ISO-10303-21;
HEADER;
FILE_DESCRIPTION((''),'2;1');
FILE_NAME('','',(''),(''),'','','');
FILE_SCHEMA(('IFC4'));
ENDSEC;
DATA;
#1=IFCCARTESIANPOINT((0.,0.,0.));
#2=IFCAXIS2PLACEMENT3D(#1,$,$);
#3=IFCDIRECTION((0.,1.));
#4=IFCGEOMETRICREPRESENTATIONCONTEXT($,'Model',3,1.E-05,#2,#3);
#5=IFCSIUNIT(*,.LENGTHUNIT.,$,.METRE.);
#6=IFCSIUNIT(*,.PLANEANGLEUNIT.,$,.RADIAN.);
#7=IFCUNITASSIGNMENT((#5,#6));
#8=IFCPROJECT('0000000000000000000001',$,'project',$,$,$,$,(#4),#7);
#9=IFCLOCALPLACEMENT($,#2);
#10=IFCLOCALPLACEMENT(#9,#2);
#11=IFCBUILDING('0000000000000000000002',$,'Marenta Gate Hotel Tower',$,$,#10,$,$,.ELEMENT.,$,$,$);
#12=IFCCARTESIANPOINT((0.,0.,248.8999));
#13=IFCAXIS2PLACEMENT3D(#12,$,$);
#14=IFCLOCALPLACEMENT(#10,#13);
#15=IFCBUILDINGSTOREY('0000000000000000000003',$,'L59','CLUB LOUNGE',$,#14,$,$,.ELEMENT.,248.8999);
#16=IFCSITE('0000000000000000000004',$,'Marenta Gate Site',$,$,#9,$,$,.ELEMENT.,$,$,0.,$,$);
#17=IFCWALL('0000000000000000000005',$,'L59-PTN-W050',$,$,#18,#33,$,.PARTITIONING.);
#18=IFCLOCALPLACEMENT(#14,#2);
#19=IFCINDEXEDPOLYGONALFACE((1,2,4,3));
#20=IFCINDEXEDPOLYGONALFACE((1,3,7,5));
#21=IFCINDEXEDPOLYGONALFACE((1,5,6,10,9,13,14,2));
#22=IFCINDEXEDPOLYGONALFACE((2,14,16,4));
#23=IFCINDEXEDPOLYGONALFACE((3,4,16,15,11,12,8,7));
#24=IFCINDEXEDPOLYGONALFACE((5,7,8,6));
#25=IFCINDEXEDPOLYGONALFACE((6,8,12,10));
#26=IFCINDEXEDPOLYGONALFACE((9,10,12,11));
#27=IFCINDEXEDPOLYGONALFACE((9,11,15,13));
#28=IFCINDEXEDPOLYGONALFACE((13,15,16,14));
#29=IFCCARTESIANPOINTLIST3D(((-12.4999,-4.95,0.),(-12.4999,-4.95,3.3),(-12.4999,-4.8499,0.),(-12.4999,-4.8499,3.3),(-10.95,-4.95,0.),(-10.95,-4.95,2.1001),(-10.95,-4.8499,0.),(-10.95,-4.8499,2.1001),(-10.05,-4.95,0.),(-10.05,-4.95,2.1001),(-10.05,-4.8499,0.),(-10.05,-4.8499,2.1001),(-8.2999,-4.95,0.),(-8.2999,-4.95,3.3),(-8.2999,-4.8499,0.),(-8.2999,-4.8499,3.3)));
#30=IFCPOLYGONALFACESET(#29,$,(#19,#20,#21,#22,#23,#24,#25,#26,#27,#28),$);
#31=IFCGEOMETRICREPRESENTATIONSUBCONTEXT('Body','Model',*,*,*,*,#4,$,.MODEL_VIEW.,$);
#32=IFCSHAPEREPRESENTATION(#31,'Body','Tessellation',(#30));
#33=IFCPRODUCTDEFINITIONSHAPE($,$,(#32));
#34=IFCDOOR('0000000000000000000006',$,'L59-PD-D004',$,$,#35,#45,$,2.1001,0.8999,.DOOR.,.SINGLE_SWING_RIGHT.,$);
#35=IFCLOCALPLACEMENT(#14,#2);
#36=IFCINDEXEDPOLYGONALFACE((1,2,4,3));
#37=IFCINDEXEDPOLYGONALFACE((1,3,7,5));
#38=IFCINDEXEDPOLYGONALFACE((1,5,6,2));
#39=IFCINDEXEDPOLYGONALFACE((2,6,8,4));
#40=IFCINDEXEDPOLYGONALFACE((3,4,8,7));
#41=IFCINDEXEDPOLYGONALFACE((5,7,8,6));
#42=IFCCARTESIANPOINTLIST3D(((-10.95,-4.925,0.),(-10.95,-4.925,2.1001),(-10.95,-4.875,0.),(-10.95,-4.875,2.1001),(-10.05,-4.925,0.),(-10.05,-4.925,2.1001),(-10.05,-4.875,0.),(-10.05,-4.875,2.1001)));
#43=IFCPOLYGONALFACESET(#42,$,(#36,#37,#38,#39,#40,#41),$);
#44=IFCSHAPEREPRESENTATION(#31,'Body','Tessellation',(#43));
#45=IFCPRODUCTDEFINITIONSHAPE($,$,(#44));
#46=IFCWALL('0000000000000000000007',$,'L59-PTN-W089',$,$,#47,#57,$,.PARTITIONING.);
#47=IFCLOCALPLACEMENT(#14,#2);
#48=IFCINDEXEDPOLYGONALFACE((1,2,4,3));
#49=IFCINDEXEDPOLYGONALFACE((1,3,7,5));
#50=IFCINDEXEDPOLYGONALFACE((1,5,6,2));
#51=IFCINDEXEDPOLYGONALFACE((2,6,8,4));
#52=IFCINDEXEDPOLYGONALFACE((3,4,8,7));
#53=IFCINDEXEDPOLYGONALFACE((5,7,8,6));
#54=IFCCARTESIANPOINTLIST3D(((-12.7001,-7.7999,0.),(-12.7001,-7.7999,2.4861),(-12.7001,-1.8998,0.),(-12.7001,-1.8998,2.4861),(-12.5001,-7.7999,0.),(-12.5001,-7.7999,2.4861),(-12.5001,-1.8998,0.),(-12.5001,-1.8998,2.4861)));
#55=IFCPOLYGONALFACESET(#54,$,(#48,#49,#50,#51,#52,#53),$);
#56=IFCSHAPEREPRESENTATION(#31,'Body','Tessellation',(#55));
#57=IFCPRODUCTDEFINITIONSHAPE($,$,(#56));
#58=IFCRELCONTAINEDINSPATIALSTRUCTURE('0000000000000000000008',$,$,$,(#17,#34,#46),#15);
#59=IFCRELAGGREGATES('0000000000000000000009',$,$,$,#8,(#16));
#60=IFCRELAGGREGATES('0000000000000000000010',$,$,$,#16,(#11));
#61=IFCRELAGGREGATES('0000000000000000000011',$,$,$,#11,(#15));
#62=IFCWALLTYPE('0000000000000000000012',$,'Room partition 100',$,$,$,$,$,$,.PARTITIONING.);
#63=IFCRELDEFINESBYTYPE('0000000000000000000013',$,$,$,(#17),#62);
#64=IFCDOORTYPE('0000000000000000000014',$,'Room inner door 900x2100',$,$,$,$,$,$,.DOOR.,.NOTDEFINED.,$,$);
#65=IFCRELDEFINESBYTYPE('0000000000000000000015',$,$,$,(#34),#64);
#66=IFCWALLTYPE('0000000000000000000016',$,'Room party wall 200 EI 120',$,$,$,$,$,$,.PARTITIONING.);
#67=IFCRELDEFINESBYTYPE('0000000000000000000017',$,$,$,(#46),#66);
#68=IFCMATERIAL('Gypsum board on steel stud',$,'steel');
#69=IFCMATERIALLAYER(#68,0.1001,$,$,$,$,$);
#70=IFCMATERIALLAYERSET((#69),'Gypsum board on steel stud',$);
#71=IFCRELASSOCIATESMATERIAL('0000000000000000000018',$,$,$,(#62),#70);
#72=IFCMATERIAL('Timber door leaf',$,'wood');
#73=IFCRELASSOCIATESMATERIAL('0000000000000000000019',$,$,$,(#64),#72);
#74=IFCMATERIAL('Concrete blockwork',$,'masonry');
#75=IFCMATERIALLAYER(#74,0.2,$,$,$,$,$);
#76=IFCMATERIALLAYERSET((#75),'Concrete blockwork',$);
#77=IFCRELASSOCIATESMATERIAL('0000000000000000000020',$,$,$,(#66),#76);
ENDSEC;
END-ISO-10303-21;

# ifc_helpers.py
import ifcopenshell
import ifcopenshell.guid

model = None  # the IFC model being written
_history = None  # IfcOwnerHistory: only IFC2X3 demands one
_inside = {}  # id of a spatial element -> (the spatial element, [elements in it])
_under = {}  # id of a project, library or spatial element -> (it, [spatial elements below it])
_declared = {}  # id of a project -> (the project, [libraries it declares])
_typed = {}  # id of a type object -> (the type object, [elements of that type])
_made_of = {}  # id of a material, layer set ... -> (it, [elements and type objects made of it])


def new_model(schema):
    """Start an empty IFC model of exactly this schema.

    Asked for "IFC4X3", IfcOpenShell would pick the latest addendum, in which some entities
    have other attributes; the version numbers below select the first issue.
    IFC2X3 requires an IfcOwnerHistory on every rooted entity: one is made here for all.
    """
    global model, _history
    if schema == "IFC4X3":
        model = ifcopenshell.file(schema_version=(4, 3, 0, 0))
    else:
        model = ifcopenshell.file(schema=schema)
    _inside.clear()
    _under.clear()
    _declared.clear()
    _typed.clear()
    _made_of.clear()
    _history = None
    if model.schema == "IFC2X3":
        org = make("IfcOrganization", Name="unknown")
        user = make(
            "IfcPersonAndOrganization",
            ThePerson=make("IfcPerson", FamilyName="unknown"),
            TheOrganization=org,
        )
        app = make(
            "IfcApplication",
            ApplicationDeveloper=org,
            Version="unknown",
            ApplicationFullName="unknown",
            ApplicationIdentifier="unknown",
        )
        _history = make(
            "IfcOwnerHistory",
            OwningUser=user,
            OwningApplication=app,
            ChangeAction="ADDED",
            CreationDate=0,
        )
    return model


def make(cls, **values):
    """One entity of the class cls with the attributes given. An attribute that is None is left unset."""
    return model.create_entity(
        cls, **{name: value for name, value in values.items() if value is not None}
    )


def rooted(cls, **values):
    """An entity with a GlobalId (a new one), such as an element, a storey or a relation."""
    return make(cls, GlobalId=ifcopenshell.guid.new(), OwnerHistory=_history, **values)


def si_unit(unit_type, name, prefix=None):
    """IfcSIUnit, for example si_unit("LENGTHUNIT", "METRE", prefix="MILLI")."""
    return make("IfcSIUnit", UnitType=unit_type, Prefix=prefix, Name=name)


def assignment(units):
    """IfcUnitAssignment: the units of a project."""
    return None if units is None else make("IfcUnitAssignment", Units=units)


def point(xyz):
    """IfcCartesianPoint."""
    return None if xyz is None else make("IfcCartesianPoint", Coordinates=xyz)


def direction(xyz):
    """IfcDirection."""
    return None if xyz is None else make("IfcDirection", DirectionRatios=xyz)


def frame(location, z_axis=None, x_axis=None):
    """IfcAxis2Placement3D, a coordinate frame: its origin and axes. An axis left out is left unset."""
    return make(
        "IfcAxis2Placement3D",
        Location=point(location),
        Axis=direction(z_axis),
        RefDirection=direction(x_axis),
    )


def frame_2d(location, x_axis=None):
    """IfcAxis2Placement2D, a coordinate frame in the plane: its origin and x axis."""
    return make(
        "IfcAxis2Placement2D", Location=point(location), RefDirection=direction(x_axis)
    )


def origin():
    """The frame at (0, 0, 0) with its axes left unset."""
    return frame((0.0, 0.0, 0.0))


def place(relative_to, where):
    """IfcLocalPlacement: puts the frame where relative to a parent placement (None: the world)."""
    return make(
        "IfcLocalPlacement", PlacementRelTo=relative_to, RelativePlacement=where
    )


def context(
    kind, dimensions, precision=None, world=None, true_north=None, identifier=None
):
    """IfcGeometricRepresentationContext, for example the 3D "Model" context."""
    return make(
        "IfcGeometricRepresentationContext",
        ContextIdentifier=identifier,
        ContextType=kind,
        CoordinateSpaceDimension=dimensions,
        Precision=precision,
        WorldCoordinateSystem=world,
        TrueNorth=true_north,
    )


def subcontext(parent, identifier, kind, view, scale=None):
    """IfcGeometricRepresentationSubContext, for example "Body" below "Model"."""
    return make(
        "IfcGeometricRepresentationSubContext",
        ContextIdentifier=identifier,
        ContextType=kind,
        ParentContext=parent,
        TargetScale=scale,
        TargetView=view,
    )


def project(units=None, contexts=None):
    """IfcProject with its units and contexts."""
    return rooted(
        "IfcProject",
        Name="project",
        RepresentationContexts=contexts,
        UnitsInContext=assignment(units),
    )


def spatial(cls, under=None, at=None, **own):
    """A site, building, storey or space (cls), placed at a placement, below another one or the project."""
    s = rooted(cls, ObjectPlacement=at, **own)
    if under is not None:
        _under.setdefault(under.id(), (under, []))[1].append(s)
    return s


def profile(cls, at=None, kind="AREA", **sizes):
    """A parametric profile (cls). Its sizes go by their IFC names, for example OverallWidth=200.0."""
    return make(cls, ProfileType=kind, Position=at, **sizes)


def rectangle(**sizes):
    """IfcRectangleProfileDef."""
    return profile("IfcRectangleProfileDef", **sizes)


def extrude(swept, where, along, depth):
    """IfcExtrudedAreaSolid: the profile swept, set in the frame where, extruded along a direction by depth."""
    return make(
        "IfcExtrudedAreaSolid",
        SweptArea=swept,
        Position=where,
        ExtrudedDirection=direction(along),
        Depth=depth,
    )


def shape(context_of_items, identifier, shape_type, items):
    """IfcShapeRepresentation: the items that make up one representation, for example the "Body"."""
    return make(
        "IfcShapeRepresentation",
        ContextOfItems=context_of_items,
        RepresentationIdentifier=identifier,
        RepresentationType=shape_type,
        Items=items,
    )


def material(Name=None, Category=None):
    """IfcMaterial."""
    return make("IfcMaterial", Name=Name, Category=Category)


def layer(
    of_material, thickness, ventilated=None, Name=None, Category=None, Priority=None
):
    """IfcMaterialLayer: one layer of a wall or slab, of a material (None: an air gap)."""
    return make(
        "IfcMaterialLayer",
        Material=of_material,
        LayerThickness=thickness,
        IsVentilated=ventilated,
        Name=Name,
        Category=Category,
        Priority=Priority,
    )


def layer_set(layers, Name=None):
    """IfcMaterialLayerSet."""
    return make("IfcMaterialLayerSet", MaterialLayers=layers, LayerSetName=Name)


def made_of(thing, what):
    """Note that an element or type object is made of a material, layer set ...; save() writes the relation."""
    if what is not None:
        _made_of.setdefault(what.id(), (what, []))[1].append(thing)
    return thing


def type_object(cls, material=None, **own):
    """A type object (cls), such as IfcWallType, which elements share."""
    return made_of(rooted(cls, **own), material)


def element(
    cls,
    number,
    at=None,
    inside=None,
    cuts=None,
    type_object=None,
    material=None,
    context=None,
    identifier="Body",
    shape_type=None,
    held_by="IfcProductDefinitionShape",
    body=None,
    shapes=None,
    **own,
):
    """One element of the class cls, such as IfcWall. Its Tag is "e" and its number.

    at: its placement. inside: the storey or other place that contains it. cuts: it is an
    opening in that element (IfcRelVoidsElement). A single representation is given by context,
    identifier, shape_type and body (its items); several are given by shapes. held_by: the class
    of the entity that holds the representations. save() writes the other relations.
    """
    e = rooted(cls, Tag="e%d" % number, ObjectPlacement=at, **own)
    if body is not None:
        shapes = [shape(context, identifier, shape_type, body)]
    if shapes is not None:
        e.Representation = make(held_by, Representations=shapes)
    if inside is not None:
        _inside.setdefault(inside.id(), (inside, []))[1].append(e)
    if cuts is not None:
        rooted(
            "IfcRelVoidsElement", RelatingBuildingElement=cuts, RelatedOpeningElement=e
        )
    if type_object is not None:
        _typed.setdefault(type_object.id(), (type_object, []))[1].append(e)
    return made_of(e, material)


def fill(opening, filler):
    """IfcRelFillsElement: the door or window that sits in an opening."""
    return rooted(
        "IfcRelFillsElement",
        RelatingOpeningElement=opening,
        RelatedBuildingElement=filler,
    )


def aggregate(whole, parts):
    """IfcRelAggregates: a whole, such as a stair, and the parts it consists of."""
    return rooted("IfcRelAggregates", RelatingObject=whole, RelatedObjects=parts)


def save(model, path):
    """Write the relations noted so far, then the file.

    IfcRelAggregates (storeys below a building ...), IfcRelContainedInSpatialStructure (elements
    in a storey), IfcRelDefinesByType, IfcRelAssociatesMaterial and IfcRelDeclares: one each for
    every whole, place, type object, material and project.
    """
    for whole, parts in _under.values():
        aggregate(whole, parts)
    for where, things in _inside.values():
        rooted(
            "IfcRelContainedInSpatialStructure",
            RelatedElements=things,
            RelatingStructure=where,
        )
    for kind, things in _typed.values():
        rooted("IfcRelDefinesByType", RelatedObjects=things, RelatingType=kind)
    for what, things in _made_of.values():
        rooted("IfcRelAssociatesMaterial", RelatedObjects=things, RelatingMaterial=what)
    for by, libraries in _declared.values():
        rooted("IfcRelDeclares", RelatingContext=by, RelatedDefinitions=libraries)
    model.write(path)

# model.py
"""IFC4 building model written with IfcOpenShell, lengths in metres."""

from ifc_helpers import new_model, si_unit, direction, frame, frame_2d, origin, place, context, subcontext, project, spatial, rectangle, extrude, material, layer, layer_set, type_object, element, fill, save


model = new_model("IFC4")

# Units and contexts
model_context = context("Model", 3, precision=1e-05, world=origin(), true_north=direction((0.0, 1.0)))
body_context = subcontext(model_context, "Body", "Model", "MODEL_VIEW")
ifc_project = project(units=[si_unit("LENGTHUNIT", "METRE"), si_unit("PLANEANGLEUNIT", "RADIAN")], contexts=[model_context])

# Site, building, storey
site_placement = place(None, origin())
site = spatial("IfcSite", under=ifc_project, at=site_placement, Name="Marenta Gate Site", CompositionType="ELEMENT", RefElevation=0.0)
building_placement = place(site_placement, origin())
building = spatial("IfcBuilding", under=site, at=building_placement, Name="Marenta Gate Hotel Tower", CompositionType="ELEMENT")
storey_placement = place(building_placement, frame((0.0, 0.0, 248.8999)))
storey = spatial("IfcBuildingStorey", under=building, at=storey_placement, Name="L59", Description="CLUB LOUNGE", CompositionType="ELEMENT", Elevation=248.8999)

# Wall, opening, door
ifc_material_1 = material(Name="Gypsum board on steel stud", Category="steel")
ifc_layer_1 = layer(ifc_material_1, 0.1001)
ifc_layer_set_1 = layer_set([ifc_layer_1], Name="Gypsum board on steel stud")
wall_type_1 = type_object("IfcWallType", Name="Room partition 100", PredefinedType="PARTITIONING", material=ifc_layer_set_1)
wall_1_placement = place(storey_placement, frame((-12.5, -4.8999, 0.0), z_axis=(0.0, 0.0, 1.0), x_axis=(1.0, 0.0, 0.0)))
wall_1 = element("IfcWall", 1, at=wall_1_placement, inside=storey, type_object=wall_type_1, Name="L59-PTN-W050", PredefinedType="PARTITIONING", context=body_context, shape_type="SweptSolid", body=[
    extrude(rectangle(XDim=4.2, YDim=0.1001, at=frame_2d((2.1001, 0.0))), origin(), (0.0, 0.0, 1.0), 3.3),
])
opening_1_placement = place(wall_1_placement, frame((1.55, 0.0, 0.0)))
opening_1 = element("IfcOpeningElement", 2, at=opening_1_placement, cuts=wall_1, PredefinedType="OPENING", context=body_context, shape_type="SweptSolid", body=[
    extrude(rectangle(XDim=0.8999, YDim=2.1001, at=frame_2d((0.45, 1.05))), frame((0.0, 0.05, 0.0), z_axis=(0.0, -1.0, 0.0), x_axis=(1.0, 0.0, 0.0)), (0.0, 0.0, 1.0), 0.1001),
])
ifc_material_2 = material(Name="Timber door leaf", Category="wood")
door_type_1 = type_object("IfcDoorType", Name="Room inner door 900x2100", OperationType="NOTDEFINED", PredefinedType="DOOR", material=ifc_material_2)
door_1_placement = place(opening_1_placement, origin())
door_1 = element("IfcDoor", 3, at=door_1_placement, inside=storey, type_object=door_type_1, Name="L59-PD-D004", OperationType="SINGLE_SWING_RIGHT", OverallHeight=2.1001, OverallWidth=0.8999, PredefinedType="DOOR", context=body_context, shape_type="SweptSolid", body=[
    extrude(rectangle(XDim=0.8999, YDim=2.1001, at=frame_2d((0.45, 1.05))), frame((0.0, 0.0249, 0.0), z_axis=(0.0, -1.0, 0.0), x_axis=(1.0, 0.0, 0.0)), (0.0, 0.0, 1.0), 0.05),
])
fill(opening_1, door_1)

# Wall
ifc_material_3 = material(Name="Concrete blockwork", Category="masonry")
ifc_layer_2 = layer(ifc_material_3, 0.2)
ifc_layer_set_2 = layer_set([ifc_layer_2], Name="Concrete blockwork")
wall_type_2 = type_object("IfcWallType", Name="Room party wall 200 EI 120", PredefinedType="PARTITIONING", material=ifc_layer_set_2)
wall_2_placement = place(storey_placement, frame((-12.6001, -7.8, 0.0), z_axis=(0.0, 0.0, 1.0), x_axis=(0.0, 1.0, 0.0)))
element("IfcWall", 4, at=wall_2_placement, inside=storey, type_object=wall_type_2, Name="L59-PTN-W089", PredefinedType="PARTITIONING", context=body_context, shape_type="SweptSolid", body=[
    extrude(rectangle(XDim=5.9001, YDim=0.2, at=frame_2d((2.9502, 0.0))), origin(), (0.0, 0.0, 1.0), 2.4861),
])

save(model, "model.ifc")
